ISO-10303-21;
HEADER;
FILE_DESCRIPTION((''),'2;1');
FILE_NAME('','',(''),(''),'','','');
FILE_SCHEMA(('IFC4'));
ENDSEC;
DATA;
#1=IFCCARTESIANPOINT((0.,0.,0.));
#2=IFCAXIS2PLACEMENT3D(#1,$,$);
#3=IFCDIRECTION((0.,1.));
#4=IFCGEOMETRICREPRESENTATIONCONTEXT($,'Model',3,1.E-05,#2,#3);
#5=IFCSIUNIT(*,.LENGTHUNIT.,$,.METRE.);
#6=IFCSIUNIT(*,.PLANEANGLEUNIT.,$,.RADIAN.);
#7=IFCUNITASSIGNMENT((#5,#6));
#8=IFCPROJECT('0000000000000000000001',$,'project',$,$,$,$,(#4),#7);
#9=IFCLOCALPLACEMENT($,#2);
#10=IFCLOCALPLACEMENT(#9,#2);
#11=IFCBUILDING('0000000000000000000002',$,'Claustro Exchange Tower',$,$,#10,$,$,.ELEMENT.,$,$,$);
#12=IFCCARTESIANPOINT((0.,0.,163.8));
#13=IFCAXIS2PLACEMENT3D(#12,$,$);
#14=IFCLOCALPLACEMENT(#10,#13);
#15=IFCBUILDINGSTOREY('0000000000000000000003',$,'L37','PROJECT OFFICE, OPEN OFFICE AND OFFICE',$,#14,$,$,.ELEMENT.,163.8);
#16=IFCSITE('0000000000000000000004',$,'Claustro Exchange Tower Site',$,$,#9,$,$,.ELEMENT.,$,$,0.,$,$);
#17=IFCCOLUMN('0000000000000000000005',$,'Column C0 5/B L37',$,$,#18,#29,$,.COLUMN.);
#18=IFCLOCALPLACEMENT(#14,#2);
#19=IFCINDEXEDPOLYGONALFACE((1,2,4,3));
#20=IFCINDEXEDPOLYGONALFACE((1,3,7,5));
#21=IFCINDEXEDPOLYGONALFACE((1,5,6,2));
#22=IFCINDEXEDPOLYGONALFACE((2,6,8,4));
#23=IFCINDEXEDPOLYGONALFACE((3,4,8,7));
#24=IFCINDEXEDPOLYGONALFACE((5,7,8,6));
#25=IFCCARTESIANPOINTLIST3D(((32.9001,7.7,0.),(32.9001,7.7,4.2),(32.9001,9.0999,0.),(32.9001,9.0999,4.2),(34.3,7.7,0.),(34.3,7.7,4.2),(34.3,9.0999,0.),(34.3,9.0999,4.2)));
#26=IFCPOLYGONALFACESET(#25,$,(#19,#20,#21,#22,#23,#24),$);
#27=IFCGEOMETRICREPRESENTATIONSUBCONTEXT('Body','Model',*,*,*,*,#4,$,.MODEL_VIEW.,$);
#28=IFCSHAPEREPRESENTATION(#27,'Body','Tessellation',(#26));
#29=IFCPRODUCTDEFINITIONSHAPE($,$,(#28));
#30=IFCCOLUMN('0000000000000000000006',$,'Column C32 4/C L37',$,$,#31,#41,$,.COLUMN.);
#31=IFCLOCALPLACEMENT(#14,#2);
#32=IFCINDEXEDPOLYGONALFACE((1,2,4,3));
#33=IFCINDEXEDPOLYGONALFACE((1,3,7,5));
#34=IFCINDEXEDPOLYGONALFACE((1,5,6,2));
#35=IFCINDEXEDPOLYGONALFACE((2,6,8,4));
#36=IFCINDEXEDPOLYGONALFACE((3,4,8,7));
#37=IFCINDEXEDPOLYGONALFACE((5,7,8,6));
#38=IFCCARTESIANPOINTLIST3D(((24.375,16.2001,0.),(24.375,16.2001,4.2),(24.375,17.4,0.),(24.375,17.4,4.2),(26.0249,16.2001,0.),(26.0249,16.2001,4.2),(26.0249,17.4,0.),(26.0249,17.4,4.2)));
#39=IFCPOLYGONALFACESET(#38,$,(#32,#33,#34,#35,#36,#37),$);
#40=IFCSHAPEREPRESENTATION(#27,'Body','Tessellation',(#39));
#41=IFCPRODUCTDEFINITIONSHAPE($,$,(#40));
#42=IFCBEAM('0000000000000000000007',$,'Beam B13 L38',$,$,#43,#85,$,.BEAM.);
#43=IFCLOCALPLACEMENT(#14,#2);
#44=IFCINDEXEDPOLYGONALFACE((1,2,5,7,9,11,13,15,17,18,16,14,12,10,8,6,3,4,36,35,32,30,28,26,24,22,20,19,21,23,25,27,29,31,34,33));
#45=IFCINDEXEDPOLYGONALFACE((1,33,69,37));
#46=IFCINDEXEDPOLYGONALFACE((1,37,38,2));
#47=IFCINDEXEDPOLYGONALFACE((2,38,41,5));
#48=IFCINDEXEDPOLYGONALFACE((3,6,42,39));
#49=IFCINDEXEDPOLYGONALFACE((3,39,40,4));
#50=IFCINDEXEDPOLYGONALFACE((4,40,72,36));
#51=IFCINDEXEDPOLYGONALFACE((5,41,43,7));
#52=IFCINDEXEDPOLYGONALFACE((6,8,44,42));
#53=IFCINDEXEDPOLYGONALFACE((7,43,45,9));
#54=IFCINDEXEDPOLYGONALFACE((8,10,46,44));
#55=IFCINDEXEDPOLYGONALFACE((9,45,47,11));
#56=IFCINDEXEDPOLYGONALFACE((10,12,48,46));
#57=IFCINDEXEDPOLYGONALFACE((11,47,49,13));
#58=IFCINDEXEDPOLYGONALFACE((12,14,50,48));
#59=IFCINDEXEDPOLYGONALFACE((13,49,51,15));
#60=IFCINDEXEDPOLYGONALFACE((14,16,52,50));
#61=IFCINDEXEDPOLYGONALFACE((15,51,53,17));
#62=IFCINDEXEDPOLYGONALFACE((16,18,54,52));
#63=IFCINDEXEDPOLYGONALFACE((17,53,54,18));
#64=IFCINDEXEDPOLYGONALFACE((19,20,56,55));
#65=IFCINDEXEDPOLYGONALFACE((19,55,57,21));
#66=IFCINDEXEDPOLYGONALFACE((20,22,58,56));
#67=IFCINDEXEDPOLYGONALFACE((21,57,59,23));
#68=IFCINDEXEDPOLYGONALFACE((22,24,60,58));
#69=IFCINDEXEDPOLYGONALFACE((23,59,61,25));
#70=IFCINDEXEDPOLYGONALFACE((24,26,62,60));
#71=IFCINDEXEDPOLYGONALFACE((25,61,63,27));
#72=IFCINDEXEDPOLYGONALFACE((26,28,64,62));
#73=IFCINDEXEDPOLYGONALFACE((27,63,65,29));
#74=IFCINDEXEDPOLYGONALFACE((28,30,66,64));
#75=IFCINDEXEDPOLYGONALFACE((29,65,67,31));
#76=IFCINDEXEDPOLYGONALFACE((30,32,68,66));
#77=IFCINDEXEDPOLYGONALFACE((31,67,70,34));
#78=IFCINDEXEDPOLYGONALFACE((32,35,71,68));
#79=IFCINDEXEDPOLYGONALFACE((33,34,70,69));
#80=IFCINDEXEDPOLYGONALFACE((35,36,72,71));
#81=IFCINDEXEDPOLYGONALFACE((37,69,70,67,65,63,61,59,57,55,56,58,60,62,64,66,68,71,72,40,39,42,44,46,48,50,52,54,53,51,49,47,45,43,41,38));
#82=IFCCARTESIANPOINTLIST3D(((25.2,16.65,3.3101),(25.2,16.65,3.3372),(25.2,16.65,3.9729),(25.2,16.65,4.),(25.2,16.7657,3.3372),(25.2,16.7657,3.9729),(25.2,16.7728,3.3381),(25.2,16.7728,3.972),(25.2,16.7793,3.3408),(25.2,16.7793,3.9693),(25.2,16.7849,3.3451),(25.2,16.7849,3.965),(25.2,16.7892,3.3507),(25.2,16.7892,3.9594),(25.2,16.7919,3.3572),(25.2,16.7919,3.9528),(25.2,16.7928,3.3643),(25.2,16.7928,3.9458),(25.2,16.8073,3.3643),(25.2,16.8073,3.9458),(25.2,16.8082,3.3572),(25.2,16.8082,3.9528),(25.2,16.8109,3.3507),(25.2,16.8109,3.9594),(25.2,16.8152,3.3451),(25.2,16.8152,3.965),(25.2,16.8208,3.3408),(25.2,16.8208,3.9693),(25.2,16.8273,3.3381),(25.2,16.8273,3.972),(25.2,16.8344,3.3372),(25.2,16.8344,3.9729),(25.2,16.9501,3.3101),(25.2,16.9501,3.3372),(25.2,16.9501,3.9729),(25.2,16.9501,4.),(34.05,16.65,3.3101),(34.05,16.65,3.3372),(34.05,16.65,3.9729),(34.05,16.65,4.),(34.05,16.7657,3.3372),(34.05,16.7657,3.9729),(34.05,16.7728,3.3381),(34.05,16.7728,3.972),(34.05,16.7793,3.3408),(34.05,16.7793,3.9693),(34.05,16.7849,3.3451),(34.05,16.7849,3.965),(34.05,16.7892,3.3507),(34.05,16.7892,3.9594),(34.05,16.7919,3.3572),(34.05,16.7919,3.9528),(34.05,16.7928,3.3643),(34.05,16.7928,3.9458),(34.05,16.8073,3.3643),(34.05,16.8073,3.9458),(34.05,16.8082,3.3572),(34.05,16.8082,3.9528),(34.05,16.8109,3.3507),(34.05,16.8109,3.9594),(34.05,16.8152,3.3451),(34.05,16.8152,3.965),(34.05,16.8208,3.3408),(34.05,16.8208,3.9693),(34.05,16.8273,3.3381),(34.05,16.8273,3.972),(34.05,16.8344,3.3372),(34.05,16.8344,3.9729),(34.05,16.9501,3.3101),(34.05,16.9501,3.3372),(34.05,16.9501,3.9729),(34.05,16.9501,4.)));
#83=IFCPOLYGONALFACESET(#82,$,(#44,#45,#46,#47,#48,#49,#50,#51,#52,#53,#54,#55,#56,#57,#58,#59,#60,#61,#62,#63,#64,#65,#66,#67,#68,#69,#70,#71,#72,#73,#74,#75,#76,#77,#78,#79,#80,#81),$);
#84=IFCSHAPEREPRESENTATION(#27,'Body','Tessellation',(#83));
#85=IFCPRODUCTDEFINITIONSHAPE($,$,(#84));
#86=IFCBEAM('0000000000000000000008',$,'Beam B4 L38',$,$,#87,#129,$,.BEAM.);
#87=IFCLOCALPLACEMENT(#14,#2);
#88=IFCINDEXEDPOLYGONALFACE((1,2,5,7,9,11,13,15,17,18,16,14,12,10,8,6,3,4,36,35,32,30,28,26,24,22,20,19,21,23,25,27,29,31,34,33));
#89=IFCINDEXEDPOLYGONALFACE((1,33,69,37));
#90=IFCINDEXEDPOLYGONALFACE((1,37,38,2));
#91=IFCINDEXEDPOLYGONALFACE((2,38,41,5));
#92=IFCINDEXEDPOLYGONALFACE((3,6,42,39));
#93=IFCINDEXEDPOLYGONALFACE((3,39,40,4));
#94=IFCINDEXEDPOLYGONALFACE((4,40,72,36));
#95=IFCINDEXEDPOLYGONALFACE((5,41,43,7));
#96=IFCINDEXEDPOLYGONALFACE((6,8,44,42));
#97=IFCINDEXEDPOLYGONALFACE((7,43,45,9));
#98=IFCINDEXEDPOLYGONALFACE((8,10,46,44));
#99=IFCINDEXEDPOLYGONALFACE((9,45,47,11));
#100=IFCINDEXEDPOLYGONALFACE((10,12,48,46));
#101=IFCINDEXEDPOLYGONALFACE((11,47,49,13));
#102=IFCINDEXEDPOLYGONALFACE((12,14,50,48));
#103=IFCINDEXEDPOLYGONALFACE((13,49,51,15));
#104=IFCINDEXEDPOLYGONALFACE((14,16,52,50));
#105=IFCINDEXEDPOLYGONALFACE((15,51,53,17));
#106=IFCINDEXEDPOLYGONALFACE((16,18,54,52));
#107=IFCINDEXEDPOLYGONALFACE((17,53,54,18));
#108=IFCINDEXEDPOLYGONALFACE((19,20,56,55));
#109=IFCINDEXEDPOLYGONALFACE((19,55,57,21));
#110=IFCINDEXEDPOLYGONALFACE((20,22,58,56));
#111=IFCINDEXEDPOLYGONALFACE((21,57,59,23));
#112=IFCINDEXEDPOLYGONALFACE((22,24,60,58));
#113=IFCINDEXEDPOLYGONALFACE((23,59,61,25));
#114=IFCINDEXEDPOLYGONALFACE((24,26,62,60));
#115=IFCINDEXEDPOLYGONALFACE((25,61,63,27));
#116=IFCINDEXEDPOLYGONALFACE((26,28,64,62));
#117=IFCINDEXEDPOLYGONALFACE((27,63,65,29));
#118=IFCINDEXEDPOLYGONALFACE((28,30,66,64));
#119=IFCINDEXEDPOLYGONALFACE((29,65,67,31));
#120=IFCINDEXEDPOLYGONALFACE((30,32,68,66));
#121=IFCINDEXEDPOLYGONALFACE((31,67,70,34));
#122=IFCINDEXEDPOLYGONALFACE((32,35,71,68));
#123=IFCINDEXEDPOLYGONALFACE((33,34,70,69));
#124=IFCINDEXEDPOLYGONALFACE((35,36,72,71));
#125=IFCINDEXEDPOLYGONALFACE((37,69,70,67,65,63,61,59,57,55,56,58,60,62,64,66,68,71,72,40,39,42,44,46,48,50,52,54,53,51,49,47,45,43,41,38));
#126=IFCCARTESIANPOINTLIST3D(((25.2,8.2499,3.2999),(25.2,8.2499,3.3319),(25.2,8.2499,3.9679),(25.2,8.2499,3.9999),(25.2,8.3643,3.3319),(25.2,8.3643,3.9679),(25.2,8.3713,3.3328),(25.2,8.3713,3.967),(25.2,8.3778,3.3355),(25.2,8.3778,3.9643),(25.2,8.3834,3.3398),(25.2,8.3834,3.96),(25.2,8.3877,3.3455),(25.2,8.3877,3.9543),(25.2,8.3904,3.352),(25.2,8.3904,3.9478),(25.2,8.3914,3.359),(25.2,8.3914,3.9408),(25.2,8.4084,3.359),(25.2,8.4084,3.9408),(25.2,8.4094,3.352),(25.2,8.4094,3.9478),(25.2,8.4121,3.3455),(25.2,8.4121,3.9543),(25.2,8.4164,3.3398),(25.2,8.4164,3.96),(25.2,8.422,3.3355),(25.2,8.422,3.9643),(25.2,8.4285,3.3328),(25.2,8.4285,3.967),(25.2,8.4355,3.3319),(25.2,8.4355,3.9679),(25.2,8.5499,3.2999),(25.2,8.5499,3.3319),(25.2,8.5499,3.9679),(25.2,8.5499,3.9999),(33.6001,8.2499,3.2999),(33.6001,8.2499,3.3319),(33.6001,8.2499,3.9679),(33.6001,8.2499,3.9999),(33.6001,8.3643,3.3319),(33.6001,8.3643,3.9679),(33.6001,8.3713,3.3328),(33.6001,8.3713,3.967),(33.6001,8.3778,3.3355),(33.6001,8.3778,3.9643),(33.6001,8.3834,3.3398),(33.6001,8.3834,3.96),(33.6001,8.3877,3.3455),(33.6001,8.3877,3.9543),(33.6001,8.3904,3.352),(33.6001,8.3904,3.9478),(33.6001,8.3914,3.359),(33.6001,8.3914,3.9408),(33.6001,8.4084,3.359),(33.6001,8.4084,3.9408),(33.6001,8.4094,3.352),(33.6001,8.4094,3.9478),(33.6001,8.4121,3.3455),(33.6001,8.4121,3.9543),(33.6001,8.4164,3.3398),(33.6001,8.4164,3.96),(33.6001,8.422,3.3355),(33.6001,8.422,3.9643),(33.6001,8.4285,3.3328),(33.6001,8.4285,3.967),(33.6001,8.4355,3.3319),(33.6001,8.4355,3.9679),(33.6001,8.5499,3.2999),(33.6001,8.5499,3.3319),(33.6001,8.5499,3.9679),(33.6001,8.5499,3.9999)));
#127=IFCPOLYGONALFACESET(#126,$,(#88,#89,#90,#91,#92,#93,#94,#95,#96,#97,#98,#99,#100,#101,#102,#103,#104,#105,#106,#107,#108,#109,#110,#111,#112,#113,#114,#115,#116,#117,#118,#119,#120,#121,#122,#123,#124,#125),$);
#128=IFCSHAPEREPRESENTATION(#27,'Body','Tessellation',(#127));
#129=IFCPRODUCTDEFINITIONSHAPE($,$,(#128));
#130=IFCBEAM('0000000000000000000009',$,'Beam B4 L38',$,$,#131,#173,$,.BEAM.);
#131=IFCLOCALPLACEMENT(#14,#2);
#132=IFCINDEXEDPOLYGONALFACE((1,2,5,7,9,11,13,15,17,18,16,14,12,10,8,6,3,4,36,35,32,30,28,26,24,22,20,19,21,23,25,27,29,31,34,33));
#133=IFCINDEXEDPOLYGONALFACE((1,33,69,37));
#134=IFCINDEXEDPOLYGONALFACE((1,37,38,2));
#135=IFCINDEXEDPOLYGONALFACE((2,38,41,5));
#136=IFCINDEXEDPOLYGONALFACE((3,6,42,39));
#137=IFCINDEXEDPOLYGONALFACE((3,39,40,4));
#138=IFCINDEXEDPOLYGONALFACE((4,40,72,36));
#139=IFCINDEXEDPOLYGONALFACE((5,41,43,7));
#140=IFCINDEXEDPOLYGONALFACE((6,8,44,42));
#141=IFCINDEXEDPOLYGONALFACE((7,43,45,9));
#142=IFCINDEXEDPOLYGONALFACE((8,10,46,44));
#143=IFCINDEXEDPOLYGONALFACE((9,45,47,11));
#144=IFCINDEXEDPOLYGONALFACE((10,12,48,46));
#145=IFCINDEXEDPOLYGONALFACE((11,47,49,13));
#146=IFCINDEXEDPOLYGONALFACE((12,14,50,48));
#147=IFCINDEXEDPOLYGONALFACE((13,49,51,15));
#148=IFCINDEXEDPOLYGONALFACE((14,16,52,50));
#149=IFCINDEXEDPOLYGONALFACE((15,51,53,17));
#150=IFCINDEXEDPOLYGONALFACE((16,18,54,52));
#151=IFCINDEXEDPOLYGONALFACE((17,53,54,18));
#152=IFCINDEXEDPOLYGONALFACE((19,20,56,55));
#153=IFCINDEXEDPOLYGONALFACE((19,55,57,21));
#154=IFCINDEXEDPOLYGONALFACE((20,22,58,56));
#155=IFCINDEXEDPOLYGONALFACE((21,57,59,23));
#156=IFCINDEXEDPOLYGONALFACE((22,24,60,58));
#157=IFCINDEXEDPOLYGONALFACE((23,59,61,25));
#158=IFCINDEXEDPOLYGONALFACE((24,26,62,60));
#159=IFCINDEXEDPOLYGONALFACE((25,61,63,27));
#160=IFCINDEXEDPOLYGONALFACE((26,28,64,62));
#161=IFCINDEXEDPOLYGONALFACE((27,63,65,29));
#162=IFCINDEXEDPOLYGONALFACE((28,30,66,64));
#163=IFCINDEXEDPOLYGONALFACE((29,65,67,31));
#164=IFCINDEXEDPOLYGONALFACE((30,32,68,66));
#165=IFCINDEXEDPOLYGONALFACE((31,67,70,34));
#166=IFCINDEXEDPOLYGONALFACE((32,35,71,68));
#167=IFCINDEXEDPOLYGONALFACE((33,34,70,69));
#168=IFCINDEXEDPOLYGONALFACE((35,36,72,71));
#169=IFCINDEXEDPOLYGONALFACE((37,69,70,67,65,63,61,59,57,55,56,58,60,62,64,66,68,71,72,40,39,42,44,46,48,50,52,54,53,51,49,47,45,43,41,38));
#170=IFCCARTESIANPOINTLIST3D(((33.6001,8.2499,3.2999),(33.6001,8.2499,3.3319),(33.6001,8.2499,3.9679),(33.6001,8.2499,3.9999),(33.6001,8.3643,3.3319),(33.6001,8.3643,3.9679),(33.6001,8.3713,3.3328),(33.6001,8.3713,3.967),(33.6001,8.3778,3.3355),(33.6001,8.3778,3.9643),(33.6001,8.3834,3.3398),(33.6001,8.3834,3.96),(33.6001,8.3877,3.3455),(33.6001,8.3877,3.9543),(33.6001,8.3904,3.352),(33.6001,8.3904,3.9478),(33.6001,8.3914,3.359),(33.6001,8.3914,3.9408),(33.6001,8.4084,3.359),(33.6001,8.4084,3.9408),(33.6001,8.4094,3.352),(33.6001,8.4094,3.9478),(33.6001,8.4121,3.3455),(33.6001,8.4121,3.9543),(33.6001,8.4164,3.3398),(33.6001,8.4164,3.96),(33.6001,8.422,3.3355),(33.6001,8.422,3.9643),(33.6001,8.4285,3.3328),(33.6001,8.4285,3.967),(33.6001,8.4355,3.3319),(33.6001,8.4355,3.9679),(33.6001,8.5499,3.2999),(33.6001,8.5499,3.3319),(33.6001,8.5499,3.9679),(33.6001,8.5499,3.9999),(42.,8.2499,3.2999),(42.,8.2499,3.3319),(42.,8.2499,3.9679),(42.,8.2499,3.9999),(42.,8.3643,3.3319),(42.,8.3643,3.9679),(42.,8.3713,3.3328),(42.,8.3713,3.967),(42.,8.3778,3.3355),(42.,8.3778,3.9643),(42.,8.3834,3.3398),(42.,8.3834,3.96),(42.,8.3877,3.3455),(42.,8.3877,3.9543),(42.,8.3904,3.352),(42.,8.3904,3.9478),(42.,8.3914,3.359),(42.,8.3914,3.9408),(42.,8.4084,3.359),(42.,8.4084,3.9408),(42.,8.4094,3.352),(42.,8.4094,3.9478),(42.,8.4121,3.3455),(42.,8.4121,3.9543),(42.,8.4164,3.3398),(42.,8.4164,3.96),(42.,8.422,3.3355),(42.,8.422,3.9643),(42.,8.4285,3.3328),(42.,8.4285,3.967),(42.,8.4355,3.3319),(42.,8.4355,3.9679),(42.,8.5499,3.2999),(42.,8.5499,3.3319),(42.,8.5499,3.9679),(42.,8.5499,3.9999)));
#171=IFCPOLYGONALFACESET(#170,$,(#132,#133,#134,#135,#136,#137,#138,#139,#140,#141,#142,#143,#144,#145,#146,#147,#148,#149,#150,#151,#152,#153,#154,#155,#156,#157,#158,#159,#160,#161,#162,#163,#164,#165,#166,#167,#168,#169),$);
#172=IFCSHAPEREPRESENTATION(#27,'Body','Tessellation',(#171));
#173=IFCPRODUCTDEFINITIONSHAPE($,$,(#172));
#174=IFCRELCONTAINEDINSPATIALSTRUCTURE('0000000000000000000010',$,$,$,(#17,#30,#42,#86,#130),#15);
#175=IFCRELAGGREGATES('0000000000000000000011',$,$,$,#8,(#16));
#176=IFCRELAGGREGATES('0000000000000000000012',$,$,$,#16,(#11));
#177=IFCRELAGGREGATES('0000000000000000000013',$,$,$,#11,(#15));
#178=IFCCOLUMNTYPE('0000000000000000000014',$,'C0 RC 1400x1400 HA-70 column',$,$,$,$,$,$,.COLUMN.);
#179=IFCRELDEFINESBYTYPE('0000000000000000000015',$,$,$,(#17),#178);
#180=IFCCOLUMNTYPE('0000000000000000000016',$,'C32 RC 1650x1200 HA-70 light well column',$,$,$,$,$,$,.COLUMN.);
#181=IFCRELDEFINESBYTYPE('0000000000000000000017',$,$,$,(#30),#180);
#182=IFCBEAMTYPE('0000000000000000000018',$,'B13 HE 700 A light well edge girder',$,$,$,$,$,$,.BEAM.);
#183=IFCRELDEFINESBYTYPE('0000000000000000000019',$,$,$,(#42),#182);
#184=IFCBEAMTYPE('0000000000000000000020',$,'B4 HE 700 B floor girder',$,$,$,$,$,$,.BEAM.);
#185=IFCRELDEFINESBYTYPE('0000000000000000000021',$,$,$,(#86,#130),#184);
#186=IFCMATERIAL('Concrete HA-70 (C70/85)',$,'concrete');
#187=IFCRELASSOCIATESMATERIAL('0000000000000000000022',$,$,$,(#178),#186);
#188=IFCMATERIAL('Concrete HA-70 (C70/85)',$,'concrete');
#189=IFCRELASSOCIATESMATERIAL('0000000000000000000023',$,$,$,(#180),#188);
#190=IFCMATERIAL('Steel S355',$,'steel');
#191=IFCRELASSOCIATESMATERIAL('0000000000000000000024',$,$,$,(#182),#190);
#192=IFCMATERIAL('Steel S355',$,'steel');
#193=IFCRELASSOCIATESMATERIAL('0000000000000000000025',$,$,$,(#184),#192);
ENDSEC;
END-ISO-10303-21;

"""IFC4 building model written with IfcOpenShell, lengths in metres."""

from ifc_helpers import new_model, si_unit, direction, frame, origin, origin_2d, place, context, subcontext, project, spatial, rectangle, i_section, extrude, material, material_profile, profile_set, type_object, element, save


model = new_model("IFC4")

# Units and contexts
model_context = context("Model", 3, precision=1e-05, world=origin(), true_north=direction((0.0, 1.0)))
body_context = subcontext(model_context, "Body", "Model", "MODEL_VIEW")
ifc_project = project(units=[si_unit("LENGTHUNIT", "METRE"), si_unit("PLANEANGLEUNIT", "RADIAN")], contexts=[model_context])

# Site, building, storey
site_placement = place(None, origin())
site = spatial("IfcSite", under=ifc_project, at=site_placement, Name="Claustro Exchange Tower Site", CompositionType="ELEMENT", RefElevation=0.0)
building_placement = place(site_placement, origin())
building = spatial("IfcBuilding", under=site, at=building_placement, Name="Claustro Exchange Tower", CompositionType="ELEMENT")
storey_placement = place(building_placement, frame((0.0, 0.0, 163.8)))
storey = spatial("IfcBuildingStorey", under=building, at=storey_placement, Name="L37", Description="PROJECT OFFICE, OPEN OFFICE AND OFFICE", CompositionType="ELEMENT", Elevation=163.8)

# Columns
ifc_material_1 = material(Name="Concrete HA-70 (C70/85)", Category="concrete")
ifc_material_profile_1 = material_profile(ifc_material_1, rectangle(XDim=1.3999, YDim=1.3999, at=origin_2d()), Name="RC 1400x1400")
ifc_profile_set_1 = profile_set([ifc_material_profile_1], Name="Concrete HA-70 (C70/85)")
column_type_1 = type_object("IfcColumnType", Name="C0 RC 1400x1400 HA-70 column", PredefinedType="COLUMN", material=ifc_profile_set_1)
column_1_placement = place(storey_placement, frame((33.6001, 8.3999, 0.0), z_axis=(0.0, 0.0, 1.0), x_axis=(1.0, 0.0, 0.0)))
element("IfcColumn", 1, at=column_1_placement, inside=storey, type_object=column_type_1, Name="Column C0 5/B L37", PredefinedType="COLUMN", context=body_context, shape_type="SweptSolid", body=[
    extrude(rectangle(XDim=1.3999, YDim=1.3999, at=origin_2d()), origin(), (0.0, 0.0, 1.0), 4.2),
])
ifc_material_2 = material(Name="Concrete HA-70 (C70/85)", Category="concrete")
ifc_material_profile_2 = material_profile(ifc_material_2, rectangle(XDim=1.6499, YDim=1.2, at=origin_2d()), Name="RC 1650x1200")
ifc_profile_set_2 = profile_set([ifc_material_profile_2], Name="Concrete HA-70 (C70/85)")
column_type_2 = type_object("IfcColumnType", Name="C32 RC 1650x1200 HA-70 light well column", PredefinedType="COLUMN", material=ifc_profile_set_2)
column_2_placement = place(storey_placement, frame((25.2, 16.8, 0.0), z_axis=(0.0, 0.0, 1.0), x_axis=(1.0, 0.0, 0.0)))
element("IfcColumn", 2, at=column_2_placement, inside=storey, type_object=column_type_2, Name="Column C32 4/C L37", PredefinedType="COLUMN", context=body_context, shape_type="SweptSolid", body=[
    extrude(rectangle(XDim=1.6499, YDim=1.2, at=origin_2d()), origin(), (0.0, 0.0, 1.0), 4.2),
])

# Beams
ifc_material_3 = material(Name="Steel S355", Category="steel")
ifc_material_profile_3 = material_profile(ifc_material_3, i_section(OverallWidth=0.3, OverallDepth=0.6899, WebThickness=0.0144, FlangeThickness=0.0271, FilletRadius=0.0271, at=origin_2d()), Name="HE 700 A")
ifc_profile_set_3 = profile_set([ifc_material_profile_3], Name="Steel S355")
beam_type_1 = type_object("IfcBeamType", Name="B13 HE 700 A light well edge girder", PredefinedType="BEAM", material=ifc_profile_set_3)
beam_1_placement = place(storey_placement, frame((25.2, 16.8, 3.655), z_axis=(1.0, 0.0, 0.0), x_axis=(0.0, 1.0, 0.0)))
element("IfcBeam", 3, at=beam_1_placement, inside=storey, type_object=beam_type_1, Name="Beam B13 L38", PredefinedType="BEAM", context=body_context, shape_type="SweptSolid", body=[
    extrude(i_section(OverallWidth=0.3, OverallDepth=0.6899, WebThickness=0.0144, FlangeThickness=0.0271, FilletRadius=0.0271, at=origin_2d()), origin(), (0.0, 0.0, 1.0), 8.8501),
])
ifc_material_4 = material(Name="Steel S355", Category="steel")
ifc_material_profile_4 = material_profile(ifc_material_4, i_section(OverallWidth=0.3, OverallDepth=0.7, WebThickness=0.0171, FlangeThickness=0.032, FilletRadius=0.0271, at=origin_2d()), Name="HE 700 B")
ifc_profile_set_4 = profile_set([ifc_material_profile_4], Name="Steel S355")
beam_type_2 = type_object("IfcBeamType", Name="B4 HE 700 B floor girder", PredefinedType="BEAM", material=ifc_profile_set_4)
beam_2_placement = place(storey_placement, frame((25.2, 8.3999, 3.6499), z_axis=(1.0, 0.0, 0.0), x_axis=(0.0, 1.0, 0.0)))
element("IfcBeam", 4, at=beam_2_placement, inside=storey, type_object=beam_type_2, Name="Beam B4 L38", PredefinedType="BEAM", context=body_context, shape_type="SweptSolid", body=[
    extrude(i_section(OverallWidth=0.3, OverallDepth=0.7, WebThickness=0.0171, FlangeThickness=0.032, FilletRadius=0.0271, at=origin_2d()), origin(), (0.0, 0.0, 1.0), 8.4001),
])
beam_3_placement = place(storey_placement, frame((33.6001, 8.3999, 3.6499), z_axis=(1.0, 0.0, 0.0), x_axis=(0.0, 1.0, 0.0)))
element("IfcBeam", 5, at=beam_3_placement, inside=storey, type_object=beam_type_2, Name="Beam B4 L38", PredefinedType="BEAM", context=body_context, shape_type="SweptSolid", body=[
    extrude(i_section(OverallWidth=0.3, OverallDepth=0.7, WebThickness=0.0171, FlangeThickness=0.032, FilletRadius=0.0271, at=origin_2d()), origin(), (0.0, 0.0, 1.0), 8.3999),
])

save(model, "model.ifc")
